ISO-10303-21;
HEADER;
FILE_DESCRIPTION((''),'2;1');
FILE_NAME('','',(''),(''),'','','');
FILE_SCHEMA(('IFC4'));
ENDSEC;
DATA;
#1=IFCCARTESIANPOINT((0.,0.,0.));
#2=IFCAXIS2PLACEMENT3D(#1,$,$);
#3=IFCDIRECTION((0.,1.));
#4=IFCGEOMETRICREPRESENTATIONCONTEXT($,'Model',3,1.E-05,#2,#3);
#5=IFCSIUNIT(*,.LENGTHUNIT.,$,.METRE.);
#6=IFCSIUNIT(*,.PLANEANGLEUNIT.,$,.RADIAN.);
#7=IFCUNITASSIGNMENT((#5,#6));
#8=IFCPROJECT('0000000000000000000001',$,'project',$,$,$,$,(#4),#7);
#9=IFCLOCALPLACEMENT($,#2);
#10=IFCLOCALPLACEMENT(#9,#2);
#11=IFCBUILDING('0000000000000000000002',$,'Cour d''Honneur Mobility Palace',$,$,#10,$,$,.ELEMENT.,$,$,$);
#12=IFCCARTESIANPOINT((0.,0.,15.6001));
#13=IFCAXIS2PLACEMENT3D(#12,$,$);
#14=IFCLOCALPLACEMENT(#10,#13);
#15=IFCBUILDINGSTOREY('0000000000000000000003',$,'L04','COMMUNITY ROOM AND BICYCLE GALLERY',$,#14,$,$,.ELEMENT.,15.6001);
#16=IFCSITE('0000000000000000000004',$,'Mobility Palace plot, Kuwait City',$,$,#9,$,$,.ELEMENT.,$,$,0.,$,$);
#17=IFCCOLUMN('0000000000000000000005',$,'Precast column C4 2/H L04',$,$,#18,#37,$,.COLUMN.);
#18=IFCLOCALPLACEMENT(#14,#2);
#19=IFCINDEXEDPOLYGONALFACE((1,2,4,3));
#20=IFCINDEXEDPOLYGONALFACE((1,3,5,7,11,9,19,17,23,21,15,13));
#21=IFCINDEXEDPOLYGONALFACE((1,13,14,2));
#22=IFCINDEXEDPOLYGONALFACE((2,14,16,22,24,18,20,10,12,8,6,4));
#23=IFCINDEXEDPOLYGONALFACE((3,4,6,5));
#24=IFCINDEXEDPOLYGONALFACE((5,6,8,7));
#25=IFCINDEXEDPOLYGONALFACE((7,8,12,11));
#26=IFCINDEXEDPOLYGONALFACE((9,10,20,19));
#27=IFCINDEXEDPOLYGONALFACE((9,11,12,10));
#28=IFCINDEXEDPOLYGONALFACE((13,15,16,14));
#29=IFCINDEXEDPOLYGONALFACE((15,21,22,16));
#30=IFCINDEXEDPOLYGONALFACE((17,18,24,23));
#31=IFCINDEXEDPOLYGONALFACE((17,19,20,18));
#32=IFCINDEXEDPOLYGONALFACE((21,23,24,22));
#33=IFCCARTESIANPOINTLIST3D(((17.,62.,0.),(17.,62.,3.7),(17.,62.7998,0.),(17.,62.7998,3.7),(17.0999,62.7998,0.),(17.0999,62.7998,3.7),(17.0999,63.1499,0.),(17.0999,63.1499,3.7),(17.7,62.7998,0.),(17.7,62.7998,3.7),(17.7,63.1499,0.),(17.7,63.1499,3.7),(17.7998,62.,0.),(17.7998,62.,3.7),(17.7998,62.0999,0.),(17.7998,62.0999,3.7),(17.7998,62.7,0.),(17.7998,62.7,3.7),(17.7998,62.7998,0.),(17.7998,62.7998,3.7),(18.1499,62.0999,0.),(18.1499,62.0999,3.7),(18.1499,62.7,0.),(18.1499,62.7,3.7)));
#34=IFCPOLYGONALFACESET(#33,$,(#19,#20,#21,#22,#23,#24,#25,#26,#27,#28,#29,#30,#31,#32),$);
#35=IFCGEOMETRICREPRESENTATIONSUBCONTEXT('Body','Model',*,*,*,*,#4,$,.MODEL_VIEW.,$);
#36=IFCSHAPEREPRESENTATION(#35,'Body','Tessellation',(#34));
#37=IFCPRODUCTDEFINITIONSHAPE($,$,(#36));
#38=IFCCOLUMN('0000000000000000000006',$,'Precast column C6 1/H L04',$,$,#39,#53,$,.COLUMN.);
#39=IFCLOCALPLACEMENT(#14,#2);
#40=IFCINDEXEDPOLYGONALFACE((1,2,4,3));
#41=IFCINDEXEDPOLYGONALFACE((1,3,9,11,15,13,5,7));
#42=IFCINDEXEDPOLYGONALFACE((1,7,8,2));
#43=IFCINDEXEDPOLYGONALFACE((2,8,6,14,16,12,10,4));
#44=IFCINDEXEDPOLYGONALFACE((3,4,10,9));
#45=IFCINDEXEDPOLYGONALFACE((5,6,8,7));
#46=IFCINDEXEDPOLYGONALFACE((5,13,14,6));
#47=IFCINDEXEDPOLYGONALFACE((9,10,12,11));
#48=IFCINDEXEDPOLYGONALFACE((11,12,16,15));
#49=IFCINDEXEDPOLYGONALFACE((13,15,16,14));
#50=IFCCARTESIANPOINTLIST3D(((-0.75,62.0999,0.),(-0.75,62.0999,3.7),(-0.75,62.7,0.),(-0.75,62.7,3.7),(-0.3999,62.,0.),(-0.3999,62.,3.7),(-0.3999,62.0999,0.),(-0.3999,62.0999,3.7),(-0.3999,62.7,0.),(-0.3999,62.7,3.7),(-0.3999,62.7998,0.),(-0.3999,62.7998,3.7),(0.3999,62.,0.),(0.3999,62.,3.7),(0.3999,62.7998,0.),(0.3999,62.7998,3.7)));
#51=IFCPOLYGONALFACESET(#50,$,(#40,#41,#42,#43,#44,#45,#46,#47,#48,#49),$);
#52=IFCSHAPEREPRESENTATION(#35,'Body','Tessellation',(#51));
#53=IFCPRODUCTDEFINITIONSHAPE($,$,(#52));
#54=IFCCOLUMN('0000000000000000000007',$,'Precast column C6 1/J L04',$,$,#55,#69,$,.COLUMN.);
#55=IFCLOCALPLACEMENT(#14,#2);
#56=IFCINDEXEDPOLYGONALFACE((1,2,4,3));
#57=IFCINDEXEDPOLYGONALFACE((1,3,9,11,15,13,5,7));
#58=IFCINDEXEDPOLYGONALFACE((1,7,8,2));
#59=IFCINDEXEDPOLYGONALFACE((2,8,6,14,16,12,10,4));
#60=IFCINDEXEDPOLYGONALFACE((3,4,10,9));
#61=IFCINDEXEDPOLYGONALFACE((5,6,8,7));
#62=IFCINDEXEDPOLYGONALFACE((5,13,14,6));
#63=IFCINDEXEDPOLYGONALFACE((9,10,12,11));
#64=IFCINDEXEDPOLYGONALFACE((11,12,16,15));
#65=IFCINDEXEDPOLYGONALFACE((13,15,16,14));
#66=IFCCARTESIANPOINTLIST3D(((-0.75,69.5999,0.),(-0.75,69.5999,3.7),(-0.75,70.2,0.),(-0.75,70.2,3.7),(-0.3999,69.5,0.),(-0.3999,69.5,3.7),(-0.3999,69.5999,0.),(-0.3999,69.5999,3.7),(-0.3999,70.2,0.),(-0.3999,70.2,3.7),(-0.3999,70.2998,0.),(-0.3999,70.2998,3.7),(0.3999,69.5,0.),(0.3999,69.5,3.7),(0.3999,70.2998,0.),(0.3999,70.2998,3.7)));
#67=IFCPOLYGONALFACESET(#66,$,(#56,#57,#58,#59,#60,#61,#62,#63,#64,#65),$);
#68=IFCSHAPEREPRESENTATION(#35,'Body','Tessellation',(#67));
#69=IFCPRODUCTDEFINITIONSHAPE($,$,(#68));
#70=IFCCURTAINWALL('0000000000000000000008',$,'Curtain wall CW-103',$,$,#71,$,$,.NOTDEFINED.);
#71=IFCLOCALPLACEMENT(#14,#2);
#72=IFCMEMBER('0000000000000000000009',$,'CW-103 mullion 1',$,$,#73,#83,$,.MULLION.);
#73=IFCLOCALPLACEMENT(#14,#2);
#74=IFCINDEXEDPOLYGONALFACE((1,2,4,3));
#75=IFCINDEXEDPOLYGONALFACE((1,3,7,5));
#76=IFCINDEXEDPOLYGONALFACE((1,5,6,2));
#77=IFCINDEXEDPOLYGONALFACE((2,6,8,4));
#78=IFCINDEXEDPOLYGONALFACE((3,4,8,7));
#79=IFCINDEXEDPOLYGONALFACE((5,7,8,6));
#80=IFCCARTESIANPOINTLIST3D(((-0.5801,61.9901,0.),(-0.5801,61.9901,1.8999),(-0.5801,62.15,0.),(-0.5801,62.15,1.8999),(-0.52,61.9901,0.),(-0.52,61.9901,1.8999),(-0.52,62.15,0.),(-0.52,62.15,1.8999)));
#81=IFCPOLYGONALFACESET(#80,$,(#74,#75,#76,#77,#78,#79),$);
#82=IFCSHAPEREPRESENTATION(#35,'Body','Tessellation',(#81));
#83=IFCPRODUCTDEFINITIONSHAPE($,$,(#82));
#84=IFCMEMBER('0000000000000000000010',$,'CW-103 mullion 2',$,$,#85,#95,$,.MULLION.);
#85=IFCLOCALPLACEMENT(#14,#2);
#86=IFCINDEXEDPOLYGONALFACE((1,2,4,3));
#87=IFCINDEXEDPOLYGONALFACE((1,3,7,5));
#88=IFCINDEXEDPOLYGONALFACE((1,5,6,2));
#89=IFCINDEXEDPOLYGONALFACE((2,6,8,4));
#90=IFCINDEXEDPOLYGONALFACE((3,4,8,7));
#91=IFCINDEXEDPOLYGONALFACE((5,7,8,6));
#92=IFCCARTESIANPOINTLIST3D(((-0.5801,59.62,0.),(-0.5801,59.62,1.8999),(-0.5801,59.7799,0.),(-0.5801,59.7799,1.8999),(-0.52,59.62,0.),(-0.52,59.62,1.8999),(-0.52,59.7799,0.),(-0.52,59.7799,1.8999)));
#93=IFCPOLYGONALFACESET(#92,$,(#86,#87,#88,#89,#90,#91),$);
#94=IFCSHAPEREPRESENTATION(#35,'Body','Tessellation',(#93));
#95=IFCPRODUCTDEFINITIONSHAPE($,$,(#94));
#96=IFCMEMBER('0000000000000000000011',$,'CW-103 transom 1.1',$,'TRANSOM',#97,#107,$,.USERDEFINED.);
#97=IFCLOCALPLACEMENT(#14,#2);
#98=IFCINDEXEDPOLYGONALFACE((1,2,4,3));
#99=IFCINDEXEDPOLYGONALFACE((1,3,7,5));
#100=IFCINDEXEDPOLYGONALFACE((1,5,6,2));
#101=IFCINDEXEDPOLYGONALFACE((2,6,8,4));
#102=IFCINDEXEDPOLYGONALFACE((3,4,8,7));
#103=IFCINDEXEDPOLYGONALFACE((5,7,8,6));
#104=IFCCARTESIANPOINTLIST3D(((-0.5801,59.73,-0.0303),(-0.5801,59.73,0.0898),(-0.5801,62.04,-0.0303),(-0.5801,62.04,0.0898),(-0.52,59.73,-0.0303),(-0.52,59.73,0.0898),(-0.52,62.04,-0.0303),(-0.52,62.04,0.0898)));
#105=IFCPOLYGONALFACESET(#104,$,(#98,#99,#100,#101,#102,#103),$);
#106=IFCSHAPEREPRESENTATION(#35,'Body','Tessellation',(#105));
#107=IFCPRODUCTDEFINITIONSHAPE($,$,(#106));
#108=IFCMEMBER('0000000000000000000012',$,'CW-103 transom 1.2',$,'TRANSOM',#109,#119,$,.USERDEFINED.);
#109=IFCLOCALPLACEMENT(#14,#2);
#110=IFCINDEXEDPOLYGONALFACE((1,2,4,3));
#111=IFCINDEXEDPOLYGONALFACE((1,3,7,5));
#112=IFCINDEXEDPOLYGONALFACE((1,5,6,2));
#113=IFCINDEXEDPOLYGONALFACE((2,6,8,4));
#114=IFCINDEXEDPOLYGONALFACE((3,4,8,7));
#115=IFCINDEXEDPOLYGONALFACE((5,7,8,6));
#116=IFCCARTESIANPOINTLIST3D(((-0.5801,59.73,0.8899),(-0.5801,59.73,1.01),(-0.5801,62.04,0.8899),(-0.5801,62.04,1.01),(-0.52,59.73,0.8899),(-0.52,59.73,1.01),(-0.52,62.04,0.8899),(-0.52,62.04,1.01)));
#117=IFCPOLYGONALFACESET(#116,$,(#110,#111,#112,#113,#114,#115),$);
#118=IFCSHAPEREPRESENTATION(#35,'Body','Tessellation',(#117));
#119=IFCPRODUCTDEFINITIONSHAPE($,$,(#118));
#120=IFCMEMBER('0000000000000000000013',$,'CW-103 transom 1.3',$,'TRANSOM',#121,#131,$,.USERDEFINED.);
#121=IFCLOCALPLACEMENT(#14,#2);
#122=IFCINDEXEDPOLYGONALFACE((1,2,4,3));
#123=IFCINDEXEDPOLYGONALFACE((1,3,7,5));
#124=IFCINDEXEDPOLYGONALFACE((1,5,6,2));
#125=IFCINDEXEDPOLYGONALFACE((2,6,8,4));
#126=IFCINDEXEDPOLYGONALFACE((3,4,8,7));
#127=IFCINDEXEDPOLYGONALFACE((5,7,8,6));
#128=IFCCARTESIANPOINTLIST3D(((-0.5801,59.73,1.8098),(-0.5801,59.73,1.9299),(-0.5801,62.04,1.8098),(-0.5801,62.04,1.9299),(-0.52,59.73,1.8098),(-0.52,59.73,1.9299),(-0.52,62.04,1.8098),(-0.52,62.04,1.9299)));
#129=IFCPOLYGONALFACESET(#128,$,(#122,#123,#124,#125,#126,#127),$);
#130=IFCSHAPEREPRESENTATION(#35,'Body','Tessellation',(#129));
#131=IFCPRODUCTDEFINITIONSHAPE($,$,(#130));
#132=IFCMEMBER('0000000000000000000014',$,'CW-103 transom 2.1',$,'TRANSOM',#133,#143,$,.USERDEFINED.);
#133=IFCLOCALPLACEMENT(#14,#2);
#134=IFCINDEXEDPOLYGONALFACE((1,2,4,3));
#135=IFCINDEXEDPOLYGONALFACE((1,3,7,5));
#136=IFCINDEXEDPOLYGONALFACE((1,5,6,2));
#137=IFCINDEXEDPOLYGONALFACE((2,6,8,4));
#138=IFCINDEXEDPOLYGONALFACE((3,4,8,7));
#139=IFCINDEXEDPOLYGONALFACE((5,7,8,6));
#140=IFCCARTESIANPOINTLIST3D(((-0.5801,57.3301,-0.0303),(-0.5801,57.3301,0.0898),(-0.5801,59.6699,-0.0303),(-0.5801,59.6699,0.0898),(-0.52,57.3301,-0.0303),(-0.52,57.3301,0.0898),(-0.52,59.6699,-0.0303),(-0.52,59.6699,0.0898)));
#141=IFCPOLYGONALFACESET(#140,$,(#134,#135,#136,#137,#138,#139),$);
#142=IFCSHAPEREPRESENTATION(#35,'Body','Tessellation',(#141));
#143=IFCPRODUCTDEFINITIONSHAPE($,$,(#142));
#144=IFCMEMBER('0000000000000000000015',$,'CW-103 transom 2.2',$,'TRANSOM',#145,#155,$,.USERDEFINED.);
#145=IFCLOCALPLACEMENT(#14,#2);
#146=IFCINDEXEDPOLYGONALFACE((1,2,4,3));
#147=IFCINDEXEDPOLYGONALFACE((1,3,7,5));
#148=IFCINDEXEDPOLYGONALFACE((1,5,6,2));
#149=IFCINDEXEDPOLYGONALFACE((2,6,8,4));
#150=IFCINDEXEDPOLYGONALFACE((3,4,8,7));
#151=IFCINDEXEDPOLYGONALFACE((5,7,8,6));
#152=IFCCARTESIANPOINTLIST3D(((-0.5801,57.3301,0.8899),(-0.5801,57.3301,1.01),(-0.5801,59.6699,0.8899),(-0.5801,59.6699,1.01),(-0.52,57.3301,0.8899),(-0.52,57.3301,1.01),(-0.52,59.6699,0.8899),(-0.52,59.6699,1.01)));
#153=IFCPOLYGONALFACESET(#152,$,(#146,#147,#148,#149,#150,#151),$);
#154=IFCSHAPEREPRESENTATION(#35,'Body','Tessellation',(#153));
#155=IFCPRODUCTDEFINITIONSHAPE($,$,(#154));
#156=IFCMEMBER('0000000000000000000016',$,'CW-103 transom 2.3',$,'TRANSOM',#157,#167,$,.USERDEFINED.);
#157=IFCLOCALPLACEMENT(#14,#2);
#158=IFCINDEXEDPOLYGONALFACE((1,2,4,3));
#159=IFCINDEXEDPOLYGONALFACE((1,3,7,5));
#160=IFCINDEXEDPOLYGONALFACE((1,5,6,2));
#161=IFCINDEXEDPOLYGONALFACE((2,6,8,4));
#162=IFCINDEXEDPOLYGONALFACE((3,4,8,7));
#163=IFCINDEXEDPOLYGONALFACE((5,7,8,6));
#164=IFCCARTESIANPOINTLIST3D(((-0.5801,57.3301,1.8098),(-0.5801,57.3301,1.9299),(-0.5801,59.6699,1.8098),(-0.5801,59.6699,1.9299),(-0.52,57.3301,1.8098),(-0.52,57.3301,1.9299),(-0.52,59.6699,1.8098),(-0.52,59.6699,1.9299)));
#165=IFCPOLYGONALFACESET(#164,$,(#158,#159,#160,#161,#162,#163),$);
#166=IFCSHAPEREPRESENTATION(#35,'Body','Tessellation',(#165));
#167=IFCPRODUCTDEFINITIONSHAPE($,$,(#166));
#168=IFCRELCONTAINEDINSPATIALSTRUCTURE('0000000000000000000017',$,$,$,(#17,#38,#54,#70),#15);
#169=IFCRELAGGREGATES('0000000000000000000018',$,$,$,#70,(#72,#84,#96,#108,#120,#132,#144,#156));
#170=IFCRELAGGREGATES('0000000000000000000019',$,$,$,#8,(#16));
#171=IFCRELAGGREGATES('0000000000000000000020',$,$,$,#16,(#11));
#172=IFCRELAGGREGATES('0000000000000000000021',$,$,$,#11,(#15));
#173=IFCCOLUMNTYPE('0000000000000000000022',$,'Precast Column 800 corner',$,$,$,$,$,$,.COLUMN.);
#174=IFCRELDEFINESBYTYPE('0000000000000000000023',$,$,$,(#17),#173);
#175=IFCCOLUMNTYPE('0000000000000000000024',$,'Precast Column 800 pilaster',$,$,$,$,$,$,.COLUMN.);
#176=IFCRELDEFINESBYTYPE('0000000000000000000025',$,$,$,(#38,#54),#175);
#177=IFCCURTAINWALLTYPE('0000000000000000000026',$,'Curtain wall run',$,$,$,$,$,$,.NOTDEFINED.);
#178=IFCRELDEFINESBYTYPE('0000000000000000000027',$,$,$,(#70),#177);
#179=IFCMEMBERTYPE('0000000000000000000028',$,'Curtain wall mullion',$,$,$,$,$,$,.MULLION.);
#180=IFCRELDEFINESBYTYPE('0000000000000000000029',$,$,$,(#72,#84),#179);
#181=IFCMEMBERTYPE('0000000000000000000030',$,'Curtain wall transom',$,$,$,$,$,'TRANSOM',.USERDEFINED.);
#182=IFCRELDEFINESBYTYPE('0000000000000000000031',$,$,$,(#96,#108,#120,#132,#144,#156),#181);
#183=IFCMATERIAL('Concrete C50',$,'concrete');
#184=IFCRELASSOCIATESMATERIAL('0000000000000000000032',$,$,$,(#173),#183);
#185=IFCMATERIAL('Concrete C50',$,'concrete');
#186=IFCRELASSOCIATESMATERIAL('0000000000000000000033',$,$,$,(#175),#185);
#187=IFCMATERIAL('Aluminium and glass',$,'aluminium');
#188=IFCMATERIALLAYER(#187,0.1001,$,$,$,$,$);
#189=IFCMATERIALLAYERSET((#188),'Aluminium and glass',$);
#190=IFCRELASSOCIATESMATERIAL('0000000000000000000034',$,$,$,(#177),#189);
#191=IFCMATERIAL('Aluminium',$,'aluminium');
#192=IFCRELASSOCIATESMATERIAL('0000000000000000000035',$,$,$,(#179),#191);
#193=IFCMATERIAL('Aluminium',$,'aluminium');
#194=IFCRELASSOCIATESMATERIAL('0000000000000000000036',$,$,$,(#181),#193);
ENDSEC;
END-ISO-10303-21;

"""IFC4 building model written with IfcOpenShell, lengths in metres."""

from ifc_helpers import new_model, si_unit, direction, frame, origin, origin_2d, place, context, subcontext, project, spatial, polyline, rectangle, outline, extrude, material, layer, layer_set, material_profile, profile_set, type_object, element, aggregate, save


model = new_model("IFC4")

# Units and contexts
model_context = context("Model", 3, precision=1e-05, world=origin(), true_north=direction((0.0, 1.0)))
body_context = subcontext(model_context, "Body", "Model", "MODEL_VIEW")
ifc_project = project(units=[si_unit("LENGTHUNIT", "METRE"), si_unit("PLANEANGLEUNIT", "RADIAN")], contexts=[model_context])

# Site, building, storey
site_placement = place(None, origin())
site = spatial("IfcSite", under=ifc_project, at=site_placement, Name="Mobility Palace plot, Kuwait City", CompositionType="ELEMENT", RefElevation=0.0)
building_placement = place(site_placement, origin())
building = spatial("IfcBuilding", under=site, at=building_placement, Name="Cour d'Honneur Mobility Palace", CompositionType="ELEMENT")
storey_placement = place(building_placement, frame((0.0, 0.0, 15.6001)))
storey = spatial("IfcBuildingStorey", under=building, at=storey_placement, Name="L04", Description="COMMUNITY ROOM AND BICYCLE GALLERY", CompositionType="ELEMENT", Elevation=15.6001)

# Columns
ifc_material_1 = material(Name="Concrete C50", Category="concrete")
ifc_material_profile_1 = material_profile(ifc_material_1, outline(polyline([(-0.3999, -0.3999), (0.3999, -0.3999), (0.3999, -0.3), (0.75, -0.3), (0.75, 0.3), (0.3999, 0.3), (0.3999, 0.3999), (0.3, 0.3999), (0.3, 0.75), (-0.3, 0.75), (-0.3, 0.3999), (-0.3999, 0.3999), (-0.3999, -0.3999)])), Name="PC C800 corner")
ifc_profile_set_1 = profile_set([ifc_material_profile_1], Name="Concrete C50")
column_type_1 = type_object("IfcColumnType", Name="Precast Column 800 corner", PredefinedType="COLUMN", material=ifc_profile_set_1)
column_placement = place(storey_placement, frame((17.3999, 62.3999, 0.0), z_axis=(0.0, 0.0, 1.0), x_axis=(1.0, 0.0, 0.0)))
element("IfcColumn", 1, at=column_placement, inside=storey, type_object=column_type_1, Name="Precast column C4 2/H L04", PredefinedType="COLUMN", context=body_context, shape_type="SweptSolid", body=[
    extrude(outline(polyline([(-0.3999, -0.3999), (0.3999, -0.3999), (0.3999, -0.3), (0.75, -0.3), (0.75, 0.3), (0.3999, 0.3), (0.3999, 0.3999), (0.3, 0.3999), (0.3, 0.75), (-0.3, 0.75), (-0.3, 0.3999), (-0.3999, 0.3999), (-0.3999, -0.3999)])), origin(), (0.0, 0.0, 1.0), 3.7),
])
ifc_material_2 = material(Name="Concrete C50", Category="concrete")
ifc_material_profile_2 = material_profile(ifc_material_2, outline(polyline([(-0.3999, -0.3999), (0.3999, -0.3999), (0.3999, -0.3), (0.75, -0.3), (0.75, 0.3), (0.3999, 0.3), (0.3999, 0.3999), (-0.3999, 0.3999), (-0.3999, -0.3999)])), Name="PC C800 pilaster")
ifc_profile_set_2 = profile_set([ifc_material_profile_2], Name="Concrete C50")
column_type_2 = type_object("IfcColumnType", Name="Precast Column 800 pilaster", PredefinedType="COLUMN", material=ifc_profile_set_2)
for number, where, z_axis, x_axis, name in (
    (2, (0.0, 62.3999, 0.0), (0.0, 0.0, 1.0), (-1.0, 0.0, 0.0), "Precast column C6 1/H L04"),
    (3, (0.0, 69.8999, 0.0), (0.0, 0.0, 1.0), (-1.0, 0.0, 0.0), "Precast column C6 1/J L04"),
):
    element("IfcColumn", number, at=place(storey_placement, frame(where, z_axis=z_axis, x_axis=x_axis)), inside=storey, type_object=column_type_2, Name=name, PredefinedType="COLUMN", context=body_context, shape_type="SweptSolid", body=[
        extrude(outline(polyline([(-0.3999, -0.3999), (0.3999, -0.3999), (0.3999, -0.3), (0.75, -0.3), (0.75, 0.3), (0.3999, 0.3), (0.3999, 0.3999), (-0.3999, 0.3999), (-0.3999, -0.3999)])), origin(), (0.0, 0.0, 1.0), 3.7),
    ])

# Curtain wall, members
ifc_material_3 = material(Name="Aluminium and glass", Category="aluminium")
ifc_layer_1 = layer(ifc_material_3, 0.1001)
ifc_layer_set_1 = layer_set([ifc_layer_1], Name="Aluminium and glass")
curtain_wall_type = type_object("IfcCurtainWallType", Name="Curtain wall run", PredefinedType="NOTDEFINED", material=ifc_layer_set_1)
curtain_wall_placement = place(storey_placement, origin())
curtain_wall = element("IfcCurtainWall", 4, at=curtain_wall_placement, inside=storey, type_object=curtain_wall_type, Name="Curtain wall CW-103", PredefinedType="NOTDEFINED")
ifc_material_4 = material(Name="Aluminium", Category="aluminium")
ifc_material_profile_3 = material_profile(ifc_material_4, rectangle(XDim=0.0601, YDim=0.1599, at=origin_2d()), Name="Curtain wall mullion")
ifc_profile_set_3 = profile_set([ifc_material_profile_3], Name="Aluminium")
member_type_1 = type_object("IfcMemberType", Name="Curtain wall mullion", PredefinedType="MULLION", material=ifc_profile_set_3)
member_1_placement = place(storey_placement, frame((-0.55, 62.0701, 0.0), z_axis=(0.0, 0.0, 1.0), x_axis=(1.0, 0.0, 0.0)))
member_1 = element("IfcMember", 5, at=member_1_placement, type_object=member_type_1, Name="CW-103 mullion 1", PredefinedType="MULLION", context=body_context, shape_type="SweptSolid", body=[
    extrude(rectangle(XDim=0.0601, YDim=0.1599, at=origin_2d()), origin(), (0.0, 0.0, 1.0), 1.8999),
])
member_2_placement = place(storey_placement, frame((-0.55, 59.7, 0.0), z_axis=(0.0, 0.0, 1.0), x_axis=(1.0, 0.0, 0.0)))
member_2 = element("IfcMember", 6, at=member_2_placement, type_object=member_type_1, Name="CW-103 mullion 2", PredefinedType="MULLION", context=body_context, shape_type="SweptSolid", body=[
    extrude(rectangle(XDim=0.0601, YDim=0.1599, at=origin_2d()), origin(), (0.0, 0.0, 1.0), 1.8999),
])
ifc_material_5 = material(Name="Aluminium", Category="aluminium")
ifc_material_profile_4 = material_profile(ifc_material_5, rectangle(XDim=0.0601, YDim=0.1201, at=origin_2d()), Name="Curtain wall transom")
ifc_profile_set_4 = profile_set([ifc_material_profile_4], Name="Aluminium")
member_type_2 = type_object("IfcMemberType", Name="Curtain wall transom", ElementType="TRANSOM", PredefinedType="USERDEFINED", material=ifc_profile_set_4)
member_3_placement = place(storey_placement, frame((-0.55, 62.04, 0.0298), z_axis=(0.0, -1.0, 0.0), x_axis=(1.0, 0.0, 0.0)))
member_3 = element("IfcMember", 7, at=member_3_placement, type_object=member_type_2, Name="CW-103 transom 1.1", ObjectType="TRANSOM", PredefinedType="USERDEFINED", context=body_context, shape_type="SweptSolid", body=[
    extrude(rectangle(XDim=0.0601, YDim=0.1201, at=origin_2d()), origin(), (0.0, 0.0, 1.0), 2.3101),
])
member_4_placement = place(storey_placement, frame((-0.55, 62.04, 0.95), z_axis=(0.0, -1.0, 0.0), x_axis=(1.0, 0.0, 0.0)))
member_4 = element("IfcMember", 8, at=member_4_placement, type_object=member_type_2, Name="CW-103 transom 1.2", ObjectType="TRANSOM", PredefinedType="USERDEFINED", context=body_context, shape_type="SweptSolid", body=[
    extrude(rectangle(XDim=0.0601, YDim=0.1201, at=origin_2d()), origin(), (0.0, 0.0, 1.0), 2.3101),
])
member_5_placement = place(storey_placement, frame((-0.55, 62.04, 1.8699), z_axis=(0.0, -1.0, 0.0), x_axis=(1.0, 0.0, 0.0)))
member_5 = element("IfcMember", 9, at=member_5_placement, type_object=member_type_2, Name="CW-103 transom 1.3", ObjectType="TRANSOM", PredefinedType="USERDEFINED", context=body_context, shape_type="SweptSolid", body=[
    extrude(rectangle(XDim=0.0601, YDim=0.1201, at=origin_2d()), origin(), (0.0, 0.0, 1.0), 2.3101),
])
member_6_placement = place(storey_placement, frame((-0.55, 59.6699, 0.0298), z_axis=(0.0, -1.0, 0.0), x_axis=(1.0, 0.0, 0.0)))
member_6 = element("IfcMember", 10, at=member_6_placement, type_object=member_type_2, Name="CW-103 transom 2.1", ObjectType="TRANSOM", PredefinedType="USERDEFINED", context=body_context, shape_type="SweptSolid", body=[
    extrude(rectangle(XDim=0.0601, YDim=0.1201, at=origin_2d()), origin(), (0.0, 0.0, 1.0), 2.3398),
])
member_7_placement = place(storey_placement, frame((-0.55, 59.6699, 0.95), z_axis=(0.0, -1.0, 0.0), x_axis=(1.0, 0.0, 0.0)))
member_7 = element("IfcMember", 11, at=member_7_placement, type_object=member_type_2, Name="CW-103 transom 2.2", ObjectType="TRANSOM", PredefinedType="USERDEFINED", context=body_context, shape_type="SweptSolid", body=[
    extrude(rectangle(XDim=0.0601, YDim=0.1201, at=origin_2d()), origin(), (0.0, 0.0, 1.0), 2.3398),
])
member_8_placement = place(storey_placement, frame((-0.55, 59.6699, 1.8699), z_axis=(0.0, -1.0, 0.0), x_axis=(1.0, 0.0, 0.0)))
member_8 = element("IfcMember", 12, at=member_8_placement, type_object=member_type_2, Name="CW-103 transom 2.3", ObjectType="TRANSOM", PredefinedType="USERDEFINED", context=body_context, shape_type="SweptSolid", body=[
    extrude(rectangle(XDim=0.0601, YDim=0.1201, at=origin_2d()), origin(), (0.0, 0.0, 1.0), 2.3398),
])

aggregate(curtain_wall, [member_1, member_2, member_3, member_4, member_5, member_6, member_7, member_8])

save(model, "model.ifc")
